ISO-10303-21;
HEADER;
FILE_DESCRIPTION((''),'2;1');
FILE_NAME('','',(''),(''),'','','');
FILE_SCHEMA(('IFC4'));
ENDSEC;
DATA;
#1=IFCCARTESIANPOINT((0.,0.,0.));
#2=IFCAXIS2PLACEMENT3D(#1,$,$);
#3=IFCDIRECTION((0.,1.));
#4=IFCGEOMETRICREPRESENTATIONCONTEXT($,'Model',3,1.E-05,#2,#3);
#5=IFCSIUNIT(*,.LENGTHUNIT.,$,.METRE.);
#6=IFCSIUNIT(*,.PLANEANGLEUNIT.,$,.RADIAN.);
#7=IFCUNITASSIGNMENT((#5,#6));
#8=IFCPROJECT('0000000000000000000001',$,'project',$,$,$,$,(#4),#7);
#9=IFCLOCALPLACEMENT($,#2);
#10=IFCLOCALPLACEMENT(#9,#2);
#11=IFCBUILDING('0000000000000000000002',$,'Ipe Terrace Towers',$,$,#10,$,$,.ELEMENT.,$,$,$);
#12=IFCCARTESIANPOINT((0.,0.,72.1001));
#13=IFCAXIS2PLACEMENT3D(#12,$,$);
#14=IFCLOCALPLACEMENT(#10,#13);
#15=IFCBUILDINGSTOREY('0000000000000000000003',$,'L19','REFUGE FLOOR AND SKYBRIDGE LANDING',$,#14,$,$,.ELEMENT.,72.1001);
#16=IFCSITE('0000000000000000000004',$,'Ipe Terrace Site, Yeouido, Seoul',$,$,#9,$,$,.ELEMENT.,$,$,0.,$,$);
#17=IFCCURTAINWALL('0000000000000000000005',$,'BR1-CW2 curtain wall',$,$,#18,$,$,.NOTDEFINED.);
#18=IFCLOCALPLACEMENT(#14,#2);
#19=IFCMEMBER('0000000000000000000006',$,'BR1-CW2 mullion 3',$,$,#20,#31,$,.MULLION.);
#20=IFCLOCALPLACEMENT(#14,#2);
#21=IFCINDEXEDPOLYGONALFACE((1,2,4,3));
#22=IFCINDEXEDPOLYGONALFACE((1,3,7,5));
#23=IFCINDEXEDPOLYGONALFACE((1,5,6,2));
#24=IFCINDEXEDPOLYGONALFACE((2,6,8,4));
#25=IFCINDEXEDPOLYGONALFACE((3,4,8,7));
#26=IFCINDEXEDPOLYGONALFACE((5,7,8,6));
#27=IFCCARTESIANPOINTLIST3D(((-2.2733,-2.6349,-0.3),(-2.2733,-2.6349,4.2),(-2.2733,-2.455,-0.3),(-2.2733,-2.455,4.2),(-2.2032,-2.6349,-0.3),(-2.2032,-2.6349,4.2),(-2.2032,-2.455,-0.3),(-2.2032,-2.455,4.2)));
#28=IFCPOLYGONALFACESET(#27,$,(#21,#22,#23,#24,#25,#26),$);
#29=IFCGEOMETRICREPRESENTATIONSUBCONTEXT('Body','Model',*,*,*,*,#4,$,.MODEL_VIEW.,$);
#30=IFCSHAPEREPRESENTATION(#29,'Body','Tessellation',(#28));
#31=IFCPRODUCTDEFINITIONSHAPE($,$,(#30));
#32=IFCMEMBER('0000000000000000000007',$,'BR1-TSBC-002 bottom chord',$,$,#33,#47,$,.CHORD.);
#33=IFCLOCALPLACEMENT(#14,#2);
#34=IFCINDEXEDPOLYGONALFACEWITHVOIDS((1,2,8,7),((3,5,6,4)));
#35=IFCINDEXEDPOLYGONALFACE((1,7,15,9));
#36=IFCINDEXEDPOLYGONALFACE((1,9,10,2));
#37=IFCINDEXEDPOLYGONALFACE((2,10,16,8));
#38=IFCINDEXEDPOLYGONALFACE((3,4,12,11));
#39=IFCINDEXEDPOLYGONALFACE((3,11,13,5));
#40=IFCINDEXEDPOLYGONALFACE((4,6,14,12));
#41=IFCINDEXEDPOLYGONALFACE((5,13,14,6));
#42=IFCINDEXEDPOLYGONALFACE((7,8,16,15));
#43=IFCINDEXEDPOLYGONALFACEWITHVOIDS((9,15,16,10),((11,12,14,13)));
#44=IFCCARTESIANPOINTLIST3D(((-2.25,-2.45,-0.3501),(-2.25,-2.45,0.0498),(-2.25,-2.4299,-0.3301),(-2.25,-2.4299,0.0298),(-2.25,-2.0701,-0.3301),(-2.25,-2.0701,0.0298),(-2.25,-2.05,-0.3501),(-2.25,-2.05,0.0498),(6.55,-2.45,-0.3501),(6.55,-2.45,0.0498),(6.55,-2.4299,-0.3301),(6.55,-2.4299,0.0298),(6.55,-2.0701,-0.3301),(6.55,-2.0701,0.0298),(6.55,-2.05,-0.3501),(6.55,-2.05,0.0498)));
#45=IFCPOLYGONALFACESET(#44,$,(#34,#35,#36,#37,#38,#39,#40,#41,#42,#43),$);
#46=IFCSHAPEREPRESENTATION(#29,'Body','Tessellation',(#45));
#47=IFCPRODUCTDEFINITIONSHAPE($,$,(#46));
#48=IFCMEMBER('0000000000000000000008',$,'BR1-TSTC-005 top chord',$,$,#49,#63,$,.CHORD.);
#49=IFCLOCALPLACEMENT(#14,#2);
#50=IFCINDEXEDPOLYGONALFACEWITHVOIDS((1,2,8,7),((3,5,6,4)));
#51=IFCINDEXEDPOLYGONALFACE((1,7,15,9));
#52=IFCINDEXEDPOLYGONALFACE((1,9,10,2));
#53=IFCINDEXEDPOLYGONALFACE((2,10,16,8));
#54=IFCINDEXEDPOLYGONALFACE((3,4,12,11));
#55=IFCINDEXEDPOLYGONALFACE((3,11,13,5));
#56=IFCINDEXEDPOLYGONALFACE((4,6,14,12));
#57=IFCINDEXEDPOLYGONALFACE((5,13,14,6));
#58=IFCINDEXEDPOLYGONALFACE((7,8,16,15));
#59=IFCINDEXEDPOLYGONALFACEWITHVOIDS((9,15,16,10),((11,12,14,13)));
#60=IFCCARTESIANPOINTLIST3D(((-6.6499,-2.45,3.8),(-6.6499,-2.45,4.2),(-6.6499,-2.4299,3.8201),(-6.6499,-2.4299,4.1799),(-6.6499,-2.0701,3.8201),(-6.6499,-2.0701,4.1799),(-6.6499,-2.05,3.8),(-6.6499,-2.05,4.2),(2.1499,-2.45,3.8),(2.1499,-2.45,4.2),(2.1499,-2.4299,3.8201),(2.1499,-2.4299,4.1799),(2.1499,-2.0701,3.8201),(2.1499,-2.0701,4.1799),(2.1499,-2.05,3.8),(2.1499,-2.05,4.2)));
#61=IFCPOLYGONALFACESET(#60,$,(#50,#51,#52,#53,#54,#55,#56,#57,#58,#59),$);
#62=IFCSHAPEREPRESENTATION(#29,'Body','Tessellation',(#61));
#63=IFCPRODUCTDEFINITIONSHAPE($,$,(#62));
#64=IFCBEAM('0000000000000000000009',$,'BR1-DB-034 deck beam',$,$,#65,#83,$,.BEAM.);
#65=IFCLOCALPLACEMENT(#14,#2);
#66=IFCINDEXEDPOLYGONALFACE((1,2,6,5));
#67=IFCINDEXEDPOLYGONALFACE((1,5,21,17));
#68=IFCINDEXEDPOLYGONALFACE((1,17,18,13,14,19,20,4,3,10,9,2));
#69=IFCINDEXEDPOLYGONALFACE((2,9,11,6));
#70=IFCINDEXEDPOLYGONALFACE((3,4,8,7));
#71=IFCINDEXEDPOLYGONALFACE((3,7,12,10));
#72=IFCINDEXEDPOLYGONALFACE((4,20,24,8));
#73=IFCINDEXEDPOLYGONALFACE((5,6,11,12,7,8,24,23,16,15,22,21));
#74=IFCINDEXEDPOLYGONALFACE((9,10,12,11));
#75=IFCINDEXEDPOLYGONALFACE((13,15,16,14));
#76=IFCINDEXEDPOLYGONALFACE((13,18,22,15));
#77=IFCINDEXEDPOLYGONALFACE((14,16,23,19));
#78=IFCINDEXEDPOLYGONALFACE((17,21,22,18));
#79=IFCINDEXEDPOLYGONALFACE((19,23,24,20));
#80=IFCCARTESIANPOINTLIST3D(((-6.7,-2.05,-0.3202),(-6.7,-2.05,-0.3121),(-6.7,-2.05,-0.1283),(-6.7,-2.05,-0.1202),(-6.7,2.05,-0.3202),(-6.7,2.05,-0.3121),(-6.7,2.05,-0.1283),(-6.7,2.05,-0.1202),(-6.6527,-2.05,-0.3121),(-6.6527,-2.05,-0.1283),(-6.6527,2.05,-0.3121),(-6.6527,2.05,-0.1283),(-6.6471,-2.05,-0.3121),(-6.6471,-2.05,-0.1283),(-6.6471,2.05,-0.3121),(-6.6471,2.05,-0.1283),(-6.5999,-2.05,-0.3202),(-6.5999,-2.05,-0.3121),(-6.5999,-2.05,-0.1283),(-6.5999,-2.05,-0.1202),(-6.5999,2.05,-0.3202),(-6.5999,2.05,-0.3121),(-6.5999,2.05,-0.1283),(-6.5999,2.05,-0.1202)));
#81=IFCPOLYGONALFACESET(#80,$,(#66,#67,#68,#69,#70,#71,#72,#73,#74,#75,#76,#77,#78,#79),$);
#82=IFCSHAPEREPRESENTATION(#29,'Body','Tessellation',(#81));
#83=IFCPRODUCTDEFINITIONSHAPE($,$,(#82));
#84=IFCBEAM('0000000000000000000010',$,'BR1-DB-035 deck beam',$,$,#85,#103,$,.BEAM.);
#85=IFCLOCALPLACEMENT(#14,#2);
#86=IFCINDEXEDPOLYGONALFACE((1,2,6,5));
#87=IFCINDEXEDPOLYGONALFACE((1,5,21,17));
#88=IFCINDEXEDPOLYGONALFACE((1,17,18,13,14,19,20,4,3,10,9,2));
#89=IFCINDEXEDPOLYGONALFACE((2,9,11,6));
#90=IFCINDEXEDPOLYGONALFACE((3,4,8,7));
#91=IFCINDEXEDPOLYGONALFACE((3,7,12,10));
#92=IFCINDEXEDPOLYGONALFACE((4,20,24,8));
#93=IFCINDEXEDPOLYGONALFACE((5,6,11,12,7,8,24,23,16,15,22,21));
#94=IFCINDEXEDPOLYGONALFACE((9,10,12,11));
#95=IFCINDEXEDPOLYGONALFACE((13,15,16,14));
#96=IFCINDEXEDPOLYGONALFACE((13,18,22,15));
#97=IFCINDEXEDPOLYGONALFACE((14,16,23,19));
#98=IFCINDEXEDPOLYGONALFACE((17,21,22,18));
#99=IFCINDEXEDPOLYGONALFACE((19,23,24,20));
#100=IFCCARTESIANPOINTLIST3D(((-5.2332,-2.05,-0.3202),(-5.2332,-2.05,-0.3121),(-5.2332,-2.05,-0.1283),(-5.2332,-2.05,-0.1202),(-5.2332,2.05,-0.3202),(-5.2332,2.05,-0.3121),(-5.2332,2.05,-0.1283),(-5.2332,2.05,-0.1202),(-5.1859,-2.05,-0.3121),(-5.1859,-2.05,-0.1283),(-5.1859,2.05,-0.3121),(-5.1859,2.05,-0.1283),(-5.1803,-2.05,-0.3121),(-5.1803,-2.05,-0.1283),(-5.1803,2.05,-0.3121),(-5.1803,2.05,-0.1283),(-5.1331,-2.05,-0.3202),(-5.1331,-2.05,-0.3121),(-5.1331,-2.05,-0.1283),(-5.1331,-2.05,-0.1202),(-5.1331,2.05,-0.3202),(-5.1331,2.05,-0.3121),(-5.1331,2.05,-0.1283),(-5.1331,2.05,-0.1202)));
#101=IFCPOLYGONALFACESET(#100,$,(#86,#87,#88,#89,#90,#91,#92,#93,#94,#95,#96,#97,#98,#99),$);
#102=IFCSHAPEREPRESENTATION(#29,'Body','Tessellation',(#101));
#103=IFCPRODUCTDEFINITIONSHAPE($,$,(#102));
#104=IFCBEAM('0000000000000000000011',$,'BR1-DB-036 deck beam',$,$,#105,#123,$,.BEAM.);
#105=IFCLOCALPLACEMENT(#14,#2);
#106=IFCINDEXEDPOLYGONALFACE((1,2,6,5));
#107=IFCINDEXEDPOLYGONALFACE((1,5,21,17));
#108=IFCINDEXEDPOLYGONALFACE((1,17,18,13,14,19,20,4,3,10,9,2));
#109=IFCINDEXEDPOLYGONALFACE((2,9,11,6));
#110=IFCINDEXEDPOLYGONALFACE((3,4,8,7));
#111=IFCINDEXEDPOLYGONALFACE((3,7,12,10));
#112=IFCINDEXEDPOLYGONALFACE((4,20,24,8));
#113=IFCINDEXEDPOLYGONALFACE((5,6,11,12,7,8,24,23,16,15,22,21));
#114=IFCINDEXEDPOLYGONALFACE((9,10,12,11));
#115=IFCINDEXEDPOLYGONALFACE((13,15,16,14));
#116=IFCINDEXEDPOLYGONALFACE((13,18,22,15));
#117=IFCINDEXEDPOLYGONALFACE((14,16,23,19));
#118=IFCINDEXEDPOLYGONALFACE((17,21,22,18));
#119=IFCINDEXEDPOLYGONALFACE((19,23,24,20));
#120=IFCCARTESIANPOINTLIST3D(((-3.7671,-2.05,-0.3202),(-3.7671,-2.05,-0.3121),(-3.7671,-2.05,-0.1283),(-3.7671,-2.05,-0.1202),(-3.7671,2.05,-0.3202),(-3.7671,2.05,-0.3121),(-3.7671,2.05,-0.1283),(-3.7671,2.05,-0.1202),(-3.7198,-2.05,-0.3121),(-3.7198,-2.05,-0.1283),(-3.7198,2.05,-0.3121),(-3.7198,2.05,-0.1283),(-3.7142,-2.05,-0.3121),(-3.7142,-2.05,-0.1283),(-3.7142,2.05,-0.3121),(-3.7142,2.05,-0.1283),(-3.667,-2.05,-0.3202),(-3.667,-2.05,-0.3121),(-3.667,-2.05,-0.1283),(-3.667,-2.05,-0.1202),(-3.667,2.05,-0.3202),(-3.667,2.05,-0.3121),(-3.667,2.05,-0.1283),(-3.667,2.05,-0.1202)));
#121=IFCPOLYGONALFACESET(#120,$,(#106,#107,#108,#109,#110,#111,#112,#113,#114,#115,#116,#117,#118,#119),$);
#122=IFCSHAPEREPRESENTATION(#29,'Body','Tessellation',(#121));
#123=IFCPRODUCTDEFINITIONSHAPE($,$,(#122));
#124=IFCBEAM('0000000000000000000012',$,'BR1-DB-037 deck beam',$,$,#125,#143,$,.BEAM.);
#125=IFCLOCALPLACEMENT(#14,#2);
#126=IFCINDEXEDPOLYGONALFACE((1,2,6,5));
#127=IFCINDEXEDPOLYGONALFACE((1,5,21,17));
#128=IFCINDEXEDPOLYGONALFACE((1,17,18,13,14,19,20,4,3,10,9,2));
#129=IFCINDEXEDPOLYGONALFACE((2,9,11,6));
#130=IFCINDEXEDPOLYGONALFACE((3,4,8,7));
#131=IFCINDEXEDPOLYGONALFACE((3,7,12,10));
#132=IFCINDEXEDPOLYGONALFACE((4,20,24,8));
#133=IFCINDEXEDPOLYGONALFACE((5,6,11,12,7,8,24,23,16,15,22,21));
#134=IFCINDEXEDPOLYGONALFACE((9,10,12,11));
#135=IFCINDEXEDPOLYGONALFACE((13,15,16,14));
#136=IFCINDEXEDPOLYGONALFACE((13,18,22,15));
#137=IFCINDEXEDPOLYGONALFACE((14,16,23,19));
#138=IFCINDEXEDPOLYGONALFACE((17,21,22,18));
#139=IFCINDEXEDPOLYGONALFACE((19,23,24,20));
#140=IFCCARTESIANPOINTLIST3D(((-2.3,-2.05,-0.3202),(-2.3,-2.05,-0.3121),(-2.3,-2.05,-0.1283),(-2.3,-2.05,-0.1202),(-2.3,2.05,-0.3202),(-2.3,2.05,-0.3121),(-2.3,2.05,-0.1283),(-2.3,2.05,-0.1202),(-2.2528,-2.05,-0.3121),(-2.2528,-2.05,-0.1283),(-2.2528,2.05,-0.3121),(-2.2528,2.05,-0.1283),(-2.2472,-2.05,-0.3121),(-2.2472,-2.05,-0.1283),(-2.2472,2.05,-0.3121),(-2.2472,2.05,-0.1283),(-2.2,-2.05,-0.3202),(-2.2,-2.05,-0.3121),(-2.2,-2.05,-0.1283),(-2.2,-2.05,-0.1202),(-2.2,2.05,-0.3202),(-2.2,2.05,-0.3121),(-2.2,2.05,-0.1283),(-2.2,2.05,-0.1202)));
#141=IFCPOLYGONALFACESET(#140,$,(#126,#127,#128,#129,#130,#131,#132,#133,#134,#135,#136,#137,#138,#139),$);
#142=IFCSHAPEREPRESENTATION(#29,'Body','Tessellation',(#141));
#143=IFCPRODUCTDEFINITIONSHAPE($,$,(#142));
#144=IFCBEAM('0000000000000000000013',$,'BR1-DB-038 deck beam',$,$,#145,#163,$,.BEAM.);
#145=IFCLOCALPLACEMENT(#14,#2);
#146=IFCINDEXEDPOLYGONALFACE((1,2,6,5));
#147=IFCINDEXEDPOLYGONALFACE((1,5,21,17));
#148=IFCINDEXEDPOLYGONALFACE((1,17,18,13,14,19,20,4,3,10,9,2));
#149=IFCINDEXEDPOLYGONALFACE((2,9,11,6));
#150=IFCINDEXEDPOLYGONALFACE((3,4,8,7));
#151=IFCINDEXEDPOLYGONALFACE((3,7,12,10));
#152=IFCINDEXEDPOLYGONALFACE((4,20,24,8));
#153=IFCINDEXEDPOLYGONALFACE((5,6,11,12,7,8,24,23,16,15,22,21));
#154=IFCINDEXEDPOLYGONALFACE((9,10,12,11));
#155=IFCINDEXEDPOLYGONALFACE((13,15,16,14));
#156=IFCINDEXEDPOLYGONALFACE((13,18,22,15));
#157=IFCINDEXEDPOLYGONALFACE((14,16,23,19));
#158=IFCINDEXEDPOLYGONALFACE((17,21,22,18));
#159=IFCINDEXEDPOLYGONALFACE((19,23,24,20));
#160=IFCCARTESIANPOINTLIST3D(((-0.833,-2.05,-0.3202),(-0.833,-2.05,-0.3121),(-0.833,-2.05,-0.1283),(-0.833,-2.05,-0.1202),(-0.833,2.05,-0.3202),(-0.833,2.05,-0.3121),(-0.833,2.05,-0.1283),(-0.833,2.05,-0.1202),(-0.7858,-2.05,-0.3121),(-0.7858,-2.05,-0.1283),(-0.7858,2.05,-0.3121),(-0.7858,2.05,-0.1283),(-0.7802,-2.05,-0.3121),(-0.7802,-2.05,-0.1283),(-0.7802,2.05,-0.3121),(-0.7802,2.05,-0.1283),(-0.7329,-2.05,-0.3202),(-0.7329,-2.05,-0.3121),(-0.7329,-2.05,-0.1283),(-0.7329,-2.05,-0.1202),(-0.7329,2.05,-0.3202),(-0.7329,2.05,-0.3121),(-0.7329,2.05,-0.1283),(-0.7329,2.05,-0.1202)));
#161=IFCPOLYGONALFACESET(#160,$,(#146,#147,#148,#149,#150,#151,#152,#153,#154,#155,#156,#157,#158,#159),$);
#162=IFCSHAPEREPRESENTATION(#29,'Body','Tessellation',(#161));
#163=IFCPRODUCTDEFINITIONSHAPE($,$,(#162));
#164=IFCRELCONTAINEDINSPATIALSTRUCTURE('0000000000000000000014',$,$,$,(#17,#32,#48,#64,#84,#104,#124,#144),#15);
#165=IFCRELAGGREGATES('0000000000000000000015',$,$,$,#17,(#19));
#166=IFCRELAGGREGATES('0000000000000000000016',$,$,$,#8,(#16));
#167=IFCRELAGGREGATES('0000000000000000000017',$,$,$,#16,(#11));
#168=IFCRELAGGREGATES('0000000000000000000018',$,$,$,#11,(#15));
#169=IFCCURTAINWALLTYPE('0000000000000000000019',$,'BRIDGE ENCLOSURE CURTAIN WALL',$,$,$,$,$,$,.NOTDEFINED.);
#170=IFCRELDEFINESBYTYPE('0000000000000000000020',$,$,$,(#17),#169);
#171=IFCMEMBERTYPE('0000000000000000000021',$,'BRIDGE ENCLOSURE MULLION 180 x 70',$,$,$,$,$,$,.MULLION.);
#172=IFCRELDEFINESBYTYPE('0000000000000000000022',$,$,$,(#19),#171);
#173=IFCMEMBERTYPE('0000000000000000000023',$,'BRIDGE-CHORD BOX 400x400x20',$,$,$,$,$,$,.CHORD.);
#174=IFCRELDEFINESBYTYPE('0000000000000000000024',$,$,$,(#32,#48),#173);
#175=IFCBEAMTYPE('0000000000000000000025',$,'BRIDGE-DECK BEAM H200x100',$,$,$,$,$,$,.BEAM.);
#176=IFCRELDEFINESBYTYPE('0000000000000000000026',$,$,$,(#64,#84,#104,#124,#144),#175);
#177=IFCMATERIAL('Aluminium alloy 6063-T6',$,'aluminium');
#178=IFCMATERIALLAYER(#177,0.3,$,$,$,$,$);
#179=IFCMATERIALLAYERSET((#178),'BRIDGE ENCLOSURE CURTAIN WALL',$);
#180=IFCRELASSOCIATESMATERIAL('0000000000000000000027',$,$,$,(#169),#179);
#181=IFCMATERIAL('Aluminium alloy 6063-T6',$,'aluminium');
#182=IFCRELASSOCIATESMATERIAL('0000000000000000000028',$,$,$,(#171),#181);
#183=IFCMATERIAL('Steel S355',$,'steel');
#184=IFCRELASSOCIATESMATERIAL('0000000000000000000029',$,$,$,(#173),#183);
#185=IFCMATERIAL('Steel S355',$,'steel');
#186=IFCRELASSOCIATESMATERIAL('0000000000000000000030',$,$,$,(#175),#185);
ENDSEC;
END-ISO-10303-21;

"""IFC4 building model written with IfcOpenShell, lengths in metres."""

from ifc_helpers import new_model, si_unit, direction, frame, origin, origin_2d, place, context, subcontext, project, spatial, rectangle, hollow_rectangle, i_section, extrude, material, layer, layer_set, material_profile, profile_set, type_object, element, aggregate, save


model = new_model("IFC4")

# Units and contexts
model_context = context("Model", 3, precision=1e-05, world=origin(), true_north=direction((0.0, 1.0)))
body_context = subcontext(model_context, "Body", "Model", "MODEL_VIEW")
ifc_project = project(units=[si_unit("LENGTHUNIT", "METRE"), si_unit("PLANEANGLEUNIT", "RADIAN")], contexts=[model_context])

# Site, building, storey
site_placement = place(None, origin())
site = spatial("IfcSite", under=ifc_project, at=site_placement, Name="Ipe Terrace Site, Yeouido, Seoul", CompositionType="ELEMENT", RefElevation=0.0)
building_placement = place(site_placement, origin())
building = spatial("IfcBuilding", under=site, at=building_placement, Name="Ipe Terrace Towers", CompositionType="ELEMENT")
storey_placement = place(building_placement, frame((0.0, 0.0, 72.1001)))
storey = spatial("IfcBuildingStorey", under=building, at=storey_placement, Name="L19", Description="REFUGE FLOOR AND SKYBRIDGE LANDING", CompositionType="ELEMENT", Elevation=72.1001)

# Curtain wall, member
ifc_material_1 = material(Name="Aluminium alloy 6063-T6", Category="aluminium")
ifc_layer_1 = layer(ifc_material_1, 0.3)
ifc_layer_set_1 = layer_set([ifc_layer_1], Name="BRIDGE ENCLOSURE CURTAIN WALL")
curtain_wall_type = type_object("IfcCurtainWallType", Name="BRIDGE ENCLOSURE CURTAIN WALL", PredefinedType="NOTDEFINED", material=ifc_layer_set_1)
curtain_wall_placement = place(storey_placement, origin())
curtain_wall = element("IfcCurtainWall", 1, at=curtain_wall_placement, inside=storey, type_object=curtain_wall_type, Name="BR1-CW2 curtain wall", PredefinedType="NOTDEFINED")
ifc_material_2 = material(Name="Aluminium alloy 6063-T6", Category="aluminium")
ifc_material_profile_1 = material_profile(ifc_material_2, rectangle(XDim=0.1799, YDim=0.0701, at=origin_2d()), Name="BRIDGE ENCLOSURE MULLION 180 x 70")
ifc_profile_set_1 = profile_set([ifc_material_profile_1], Name="Aluminium alloy 6063-T6")
member_type_1 = type_object("IfcMemberType", Name="BRIDGE ENCLOSURE MULLION 180 x 70", PredefinedType="MULLION", material=ifc_profile_set_1)
member_1_placement = place(storey_placement, frame((-2.2383, -2.5449, -0.3), z_axis=(0.0, 0.0, 1.0), x_axis=(0.0, -1.0, 0.0)))
member_1 = element("IfcMember", 2, at=member_1_placement, type_object=member_type_1, Name="BR1-CW2 mullion 3", PredefinedType="MULLION", context=body_context, shape_type="SweptSolid", body=[
    extrude(rectangle(XDim=0.1799, YDim=0.0701, at=origin_2d()), origin(), (0.0, 0.0, 1.0), 4.5),
])

# Members
ifc_material_3 = material(Name="Steel S355", Category="steel")
ifc_material_profile_2 = material_profile(ifc_material_3, hollow_rectangle(XDim=0.3999, YDim=0.3999, WallThickness=0.02, at=origin_2d()), Name="BRIDGE-CHORD BOX 400x400x20")
ifc_profile_set_2 = profile_set([ifc_material_profile_2], Name="Steel S355")
member_type_2 = type_object("IfcMemberType", Name="BRIDGE-CHORD BOX 400x400x20", PredefinedType="CHORD", material=ifc_profile_set_2)
member_2_placement = place(storey_placement, frame((-2.25, -2.25, -0.1501), z_axis=(1.0, 0.0, 0.0), x_axis=(0.0, 1.0, 0.0)))
element("IfcMember", 3, at=member_2_placement, inside=storey, type_object=member_type_2, Name="BR1-TSBC-002 bottom chord", PredefinedType="CHORD", context=body_context, shape_type="SweptSolid", body=[
    extrude(hollow_rectangle(XDim=0.3999, YDim=0.3999, WallThickness=0.02, at=origin_2d()), origin(), (0.0, 0.0, 1.0), 8.8),
])
member_3_placement = place(storey_placement, frame((-6.6499, -2.25, 4.0), z_axis=(1.0, 0.0, 0.0), x_axis=(0.0, 1.0, 0.0)))
element("IfcMember", 4, at=member_3_placement, inside=storey, type_object=member_type_2, Name="BR1-TSTC-005 top chord", PredefinedType="CHORD", context=body_context, shape_type="SweptSolid", body=[
    extrude(hollow_rectangle(XDim=0.3999, YDim=0.3999, WallThickness=0.02, at=origin_2d()), origin(), (0.0, 0.0, 1.0), 8.7998),
])

# Beams
ifc_material_4 = material(Name="Steel S355", Category="steel")
ifc_material_profile_3 = material_profile(ifc_material_4, i_section(OverallWidth=0.1001, OverallDepth=0.2, WebThickness=0.0056, FlangeThickness=0.0081, at=origin_2d()), Name="H200x100")
ifc_profile_set_3 = profile_set([ifc_material_profile_3], Name="Steel S355")
beam_type_1 = type_object("IfcBeamType", Name="BRIDGE-DECK BEAM H200x100", PredefinedType="BEAM", material=ifc_profile_set_3)
for number, where, z_axis, x_axis, name in (
    (5, (-6.6499, -2.05, -0.2202), (0.0, 1.0, 0.0), (-1.0, 0.0, 0.0), "BR1-DB-034 deck beam"),
    (6, (-5.1831, -2.05, -0.2202), (0.0, 1.0, 0.0), (-1.0, 0.0, 0.0), "BR1-DB-035 deck beam"),
    (7, (-3.717, -2.05, -0.2202), (0.0, 1.0, 0.0), (-1.0, 0.0, 0.0), "BR1-DB-036 deck beam"),
    (8, (-2.25, -2.05, -0.2202), (0.0, 1.0, 0.0), (-1.0, 0.0, 0.0), "BR1-DB-037 deck beam"),
    (9, (-0.783, -2.05, -0.2202), (0.0, 1.0, 0.0), (-1.0, 0.0, 0.0), "BR1-DB-038 deck beam"),
):
    element("IfcBeam", number, at=place(storey_placement, frame(where, z_axis=z_axis, x_axis=x_axis)), inside=storey, type_object=beam_type_1, Name=name, PredefinedType="BEAM", context=body_context, shape_type="SweptSolid", body=[
        extrude(i_section(OverallWidth=0.1001, OverallDepth=0.2, WebThickness=0.0056, FlangeThickness=0.0081, at=origin_2d()), origin(), (0.0, 0.0, 1.0), 4.1001),
    ])

aggregate(curtain_wall, [member_1])

save(model, "model.ifc")
